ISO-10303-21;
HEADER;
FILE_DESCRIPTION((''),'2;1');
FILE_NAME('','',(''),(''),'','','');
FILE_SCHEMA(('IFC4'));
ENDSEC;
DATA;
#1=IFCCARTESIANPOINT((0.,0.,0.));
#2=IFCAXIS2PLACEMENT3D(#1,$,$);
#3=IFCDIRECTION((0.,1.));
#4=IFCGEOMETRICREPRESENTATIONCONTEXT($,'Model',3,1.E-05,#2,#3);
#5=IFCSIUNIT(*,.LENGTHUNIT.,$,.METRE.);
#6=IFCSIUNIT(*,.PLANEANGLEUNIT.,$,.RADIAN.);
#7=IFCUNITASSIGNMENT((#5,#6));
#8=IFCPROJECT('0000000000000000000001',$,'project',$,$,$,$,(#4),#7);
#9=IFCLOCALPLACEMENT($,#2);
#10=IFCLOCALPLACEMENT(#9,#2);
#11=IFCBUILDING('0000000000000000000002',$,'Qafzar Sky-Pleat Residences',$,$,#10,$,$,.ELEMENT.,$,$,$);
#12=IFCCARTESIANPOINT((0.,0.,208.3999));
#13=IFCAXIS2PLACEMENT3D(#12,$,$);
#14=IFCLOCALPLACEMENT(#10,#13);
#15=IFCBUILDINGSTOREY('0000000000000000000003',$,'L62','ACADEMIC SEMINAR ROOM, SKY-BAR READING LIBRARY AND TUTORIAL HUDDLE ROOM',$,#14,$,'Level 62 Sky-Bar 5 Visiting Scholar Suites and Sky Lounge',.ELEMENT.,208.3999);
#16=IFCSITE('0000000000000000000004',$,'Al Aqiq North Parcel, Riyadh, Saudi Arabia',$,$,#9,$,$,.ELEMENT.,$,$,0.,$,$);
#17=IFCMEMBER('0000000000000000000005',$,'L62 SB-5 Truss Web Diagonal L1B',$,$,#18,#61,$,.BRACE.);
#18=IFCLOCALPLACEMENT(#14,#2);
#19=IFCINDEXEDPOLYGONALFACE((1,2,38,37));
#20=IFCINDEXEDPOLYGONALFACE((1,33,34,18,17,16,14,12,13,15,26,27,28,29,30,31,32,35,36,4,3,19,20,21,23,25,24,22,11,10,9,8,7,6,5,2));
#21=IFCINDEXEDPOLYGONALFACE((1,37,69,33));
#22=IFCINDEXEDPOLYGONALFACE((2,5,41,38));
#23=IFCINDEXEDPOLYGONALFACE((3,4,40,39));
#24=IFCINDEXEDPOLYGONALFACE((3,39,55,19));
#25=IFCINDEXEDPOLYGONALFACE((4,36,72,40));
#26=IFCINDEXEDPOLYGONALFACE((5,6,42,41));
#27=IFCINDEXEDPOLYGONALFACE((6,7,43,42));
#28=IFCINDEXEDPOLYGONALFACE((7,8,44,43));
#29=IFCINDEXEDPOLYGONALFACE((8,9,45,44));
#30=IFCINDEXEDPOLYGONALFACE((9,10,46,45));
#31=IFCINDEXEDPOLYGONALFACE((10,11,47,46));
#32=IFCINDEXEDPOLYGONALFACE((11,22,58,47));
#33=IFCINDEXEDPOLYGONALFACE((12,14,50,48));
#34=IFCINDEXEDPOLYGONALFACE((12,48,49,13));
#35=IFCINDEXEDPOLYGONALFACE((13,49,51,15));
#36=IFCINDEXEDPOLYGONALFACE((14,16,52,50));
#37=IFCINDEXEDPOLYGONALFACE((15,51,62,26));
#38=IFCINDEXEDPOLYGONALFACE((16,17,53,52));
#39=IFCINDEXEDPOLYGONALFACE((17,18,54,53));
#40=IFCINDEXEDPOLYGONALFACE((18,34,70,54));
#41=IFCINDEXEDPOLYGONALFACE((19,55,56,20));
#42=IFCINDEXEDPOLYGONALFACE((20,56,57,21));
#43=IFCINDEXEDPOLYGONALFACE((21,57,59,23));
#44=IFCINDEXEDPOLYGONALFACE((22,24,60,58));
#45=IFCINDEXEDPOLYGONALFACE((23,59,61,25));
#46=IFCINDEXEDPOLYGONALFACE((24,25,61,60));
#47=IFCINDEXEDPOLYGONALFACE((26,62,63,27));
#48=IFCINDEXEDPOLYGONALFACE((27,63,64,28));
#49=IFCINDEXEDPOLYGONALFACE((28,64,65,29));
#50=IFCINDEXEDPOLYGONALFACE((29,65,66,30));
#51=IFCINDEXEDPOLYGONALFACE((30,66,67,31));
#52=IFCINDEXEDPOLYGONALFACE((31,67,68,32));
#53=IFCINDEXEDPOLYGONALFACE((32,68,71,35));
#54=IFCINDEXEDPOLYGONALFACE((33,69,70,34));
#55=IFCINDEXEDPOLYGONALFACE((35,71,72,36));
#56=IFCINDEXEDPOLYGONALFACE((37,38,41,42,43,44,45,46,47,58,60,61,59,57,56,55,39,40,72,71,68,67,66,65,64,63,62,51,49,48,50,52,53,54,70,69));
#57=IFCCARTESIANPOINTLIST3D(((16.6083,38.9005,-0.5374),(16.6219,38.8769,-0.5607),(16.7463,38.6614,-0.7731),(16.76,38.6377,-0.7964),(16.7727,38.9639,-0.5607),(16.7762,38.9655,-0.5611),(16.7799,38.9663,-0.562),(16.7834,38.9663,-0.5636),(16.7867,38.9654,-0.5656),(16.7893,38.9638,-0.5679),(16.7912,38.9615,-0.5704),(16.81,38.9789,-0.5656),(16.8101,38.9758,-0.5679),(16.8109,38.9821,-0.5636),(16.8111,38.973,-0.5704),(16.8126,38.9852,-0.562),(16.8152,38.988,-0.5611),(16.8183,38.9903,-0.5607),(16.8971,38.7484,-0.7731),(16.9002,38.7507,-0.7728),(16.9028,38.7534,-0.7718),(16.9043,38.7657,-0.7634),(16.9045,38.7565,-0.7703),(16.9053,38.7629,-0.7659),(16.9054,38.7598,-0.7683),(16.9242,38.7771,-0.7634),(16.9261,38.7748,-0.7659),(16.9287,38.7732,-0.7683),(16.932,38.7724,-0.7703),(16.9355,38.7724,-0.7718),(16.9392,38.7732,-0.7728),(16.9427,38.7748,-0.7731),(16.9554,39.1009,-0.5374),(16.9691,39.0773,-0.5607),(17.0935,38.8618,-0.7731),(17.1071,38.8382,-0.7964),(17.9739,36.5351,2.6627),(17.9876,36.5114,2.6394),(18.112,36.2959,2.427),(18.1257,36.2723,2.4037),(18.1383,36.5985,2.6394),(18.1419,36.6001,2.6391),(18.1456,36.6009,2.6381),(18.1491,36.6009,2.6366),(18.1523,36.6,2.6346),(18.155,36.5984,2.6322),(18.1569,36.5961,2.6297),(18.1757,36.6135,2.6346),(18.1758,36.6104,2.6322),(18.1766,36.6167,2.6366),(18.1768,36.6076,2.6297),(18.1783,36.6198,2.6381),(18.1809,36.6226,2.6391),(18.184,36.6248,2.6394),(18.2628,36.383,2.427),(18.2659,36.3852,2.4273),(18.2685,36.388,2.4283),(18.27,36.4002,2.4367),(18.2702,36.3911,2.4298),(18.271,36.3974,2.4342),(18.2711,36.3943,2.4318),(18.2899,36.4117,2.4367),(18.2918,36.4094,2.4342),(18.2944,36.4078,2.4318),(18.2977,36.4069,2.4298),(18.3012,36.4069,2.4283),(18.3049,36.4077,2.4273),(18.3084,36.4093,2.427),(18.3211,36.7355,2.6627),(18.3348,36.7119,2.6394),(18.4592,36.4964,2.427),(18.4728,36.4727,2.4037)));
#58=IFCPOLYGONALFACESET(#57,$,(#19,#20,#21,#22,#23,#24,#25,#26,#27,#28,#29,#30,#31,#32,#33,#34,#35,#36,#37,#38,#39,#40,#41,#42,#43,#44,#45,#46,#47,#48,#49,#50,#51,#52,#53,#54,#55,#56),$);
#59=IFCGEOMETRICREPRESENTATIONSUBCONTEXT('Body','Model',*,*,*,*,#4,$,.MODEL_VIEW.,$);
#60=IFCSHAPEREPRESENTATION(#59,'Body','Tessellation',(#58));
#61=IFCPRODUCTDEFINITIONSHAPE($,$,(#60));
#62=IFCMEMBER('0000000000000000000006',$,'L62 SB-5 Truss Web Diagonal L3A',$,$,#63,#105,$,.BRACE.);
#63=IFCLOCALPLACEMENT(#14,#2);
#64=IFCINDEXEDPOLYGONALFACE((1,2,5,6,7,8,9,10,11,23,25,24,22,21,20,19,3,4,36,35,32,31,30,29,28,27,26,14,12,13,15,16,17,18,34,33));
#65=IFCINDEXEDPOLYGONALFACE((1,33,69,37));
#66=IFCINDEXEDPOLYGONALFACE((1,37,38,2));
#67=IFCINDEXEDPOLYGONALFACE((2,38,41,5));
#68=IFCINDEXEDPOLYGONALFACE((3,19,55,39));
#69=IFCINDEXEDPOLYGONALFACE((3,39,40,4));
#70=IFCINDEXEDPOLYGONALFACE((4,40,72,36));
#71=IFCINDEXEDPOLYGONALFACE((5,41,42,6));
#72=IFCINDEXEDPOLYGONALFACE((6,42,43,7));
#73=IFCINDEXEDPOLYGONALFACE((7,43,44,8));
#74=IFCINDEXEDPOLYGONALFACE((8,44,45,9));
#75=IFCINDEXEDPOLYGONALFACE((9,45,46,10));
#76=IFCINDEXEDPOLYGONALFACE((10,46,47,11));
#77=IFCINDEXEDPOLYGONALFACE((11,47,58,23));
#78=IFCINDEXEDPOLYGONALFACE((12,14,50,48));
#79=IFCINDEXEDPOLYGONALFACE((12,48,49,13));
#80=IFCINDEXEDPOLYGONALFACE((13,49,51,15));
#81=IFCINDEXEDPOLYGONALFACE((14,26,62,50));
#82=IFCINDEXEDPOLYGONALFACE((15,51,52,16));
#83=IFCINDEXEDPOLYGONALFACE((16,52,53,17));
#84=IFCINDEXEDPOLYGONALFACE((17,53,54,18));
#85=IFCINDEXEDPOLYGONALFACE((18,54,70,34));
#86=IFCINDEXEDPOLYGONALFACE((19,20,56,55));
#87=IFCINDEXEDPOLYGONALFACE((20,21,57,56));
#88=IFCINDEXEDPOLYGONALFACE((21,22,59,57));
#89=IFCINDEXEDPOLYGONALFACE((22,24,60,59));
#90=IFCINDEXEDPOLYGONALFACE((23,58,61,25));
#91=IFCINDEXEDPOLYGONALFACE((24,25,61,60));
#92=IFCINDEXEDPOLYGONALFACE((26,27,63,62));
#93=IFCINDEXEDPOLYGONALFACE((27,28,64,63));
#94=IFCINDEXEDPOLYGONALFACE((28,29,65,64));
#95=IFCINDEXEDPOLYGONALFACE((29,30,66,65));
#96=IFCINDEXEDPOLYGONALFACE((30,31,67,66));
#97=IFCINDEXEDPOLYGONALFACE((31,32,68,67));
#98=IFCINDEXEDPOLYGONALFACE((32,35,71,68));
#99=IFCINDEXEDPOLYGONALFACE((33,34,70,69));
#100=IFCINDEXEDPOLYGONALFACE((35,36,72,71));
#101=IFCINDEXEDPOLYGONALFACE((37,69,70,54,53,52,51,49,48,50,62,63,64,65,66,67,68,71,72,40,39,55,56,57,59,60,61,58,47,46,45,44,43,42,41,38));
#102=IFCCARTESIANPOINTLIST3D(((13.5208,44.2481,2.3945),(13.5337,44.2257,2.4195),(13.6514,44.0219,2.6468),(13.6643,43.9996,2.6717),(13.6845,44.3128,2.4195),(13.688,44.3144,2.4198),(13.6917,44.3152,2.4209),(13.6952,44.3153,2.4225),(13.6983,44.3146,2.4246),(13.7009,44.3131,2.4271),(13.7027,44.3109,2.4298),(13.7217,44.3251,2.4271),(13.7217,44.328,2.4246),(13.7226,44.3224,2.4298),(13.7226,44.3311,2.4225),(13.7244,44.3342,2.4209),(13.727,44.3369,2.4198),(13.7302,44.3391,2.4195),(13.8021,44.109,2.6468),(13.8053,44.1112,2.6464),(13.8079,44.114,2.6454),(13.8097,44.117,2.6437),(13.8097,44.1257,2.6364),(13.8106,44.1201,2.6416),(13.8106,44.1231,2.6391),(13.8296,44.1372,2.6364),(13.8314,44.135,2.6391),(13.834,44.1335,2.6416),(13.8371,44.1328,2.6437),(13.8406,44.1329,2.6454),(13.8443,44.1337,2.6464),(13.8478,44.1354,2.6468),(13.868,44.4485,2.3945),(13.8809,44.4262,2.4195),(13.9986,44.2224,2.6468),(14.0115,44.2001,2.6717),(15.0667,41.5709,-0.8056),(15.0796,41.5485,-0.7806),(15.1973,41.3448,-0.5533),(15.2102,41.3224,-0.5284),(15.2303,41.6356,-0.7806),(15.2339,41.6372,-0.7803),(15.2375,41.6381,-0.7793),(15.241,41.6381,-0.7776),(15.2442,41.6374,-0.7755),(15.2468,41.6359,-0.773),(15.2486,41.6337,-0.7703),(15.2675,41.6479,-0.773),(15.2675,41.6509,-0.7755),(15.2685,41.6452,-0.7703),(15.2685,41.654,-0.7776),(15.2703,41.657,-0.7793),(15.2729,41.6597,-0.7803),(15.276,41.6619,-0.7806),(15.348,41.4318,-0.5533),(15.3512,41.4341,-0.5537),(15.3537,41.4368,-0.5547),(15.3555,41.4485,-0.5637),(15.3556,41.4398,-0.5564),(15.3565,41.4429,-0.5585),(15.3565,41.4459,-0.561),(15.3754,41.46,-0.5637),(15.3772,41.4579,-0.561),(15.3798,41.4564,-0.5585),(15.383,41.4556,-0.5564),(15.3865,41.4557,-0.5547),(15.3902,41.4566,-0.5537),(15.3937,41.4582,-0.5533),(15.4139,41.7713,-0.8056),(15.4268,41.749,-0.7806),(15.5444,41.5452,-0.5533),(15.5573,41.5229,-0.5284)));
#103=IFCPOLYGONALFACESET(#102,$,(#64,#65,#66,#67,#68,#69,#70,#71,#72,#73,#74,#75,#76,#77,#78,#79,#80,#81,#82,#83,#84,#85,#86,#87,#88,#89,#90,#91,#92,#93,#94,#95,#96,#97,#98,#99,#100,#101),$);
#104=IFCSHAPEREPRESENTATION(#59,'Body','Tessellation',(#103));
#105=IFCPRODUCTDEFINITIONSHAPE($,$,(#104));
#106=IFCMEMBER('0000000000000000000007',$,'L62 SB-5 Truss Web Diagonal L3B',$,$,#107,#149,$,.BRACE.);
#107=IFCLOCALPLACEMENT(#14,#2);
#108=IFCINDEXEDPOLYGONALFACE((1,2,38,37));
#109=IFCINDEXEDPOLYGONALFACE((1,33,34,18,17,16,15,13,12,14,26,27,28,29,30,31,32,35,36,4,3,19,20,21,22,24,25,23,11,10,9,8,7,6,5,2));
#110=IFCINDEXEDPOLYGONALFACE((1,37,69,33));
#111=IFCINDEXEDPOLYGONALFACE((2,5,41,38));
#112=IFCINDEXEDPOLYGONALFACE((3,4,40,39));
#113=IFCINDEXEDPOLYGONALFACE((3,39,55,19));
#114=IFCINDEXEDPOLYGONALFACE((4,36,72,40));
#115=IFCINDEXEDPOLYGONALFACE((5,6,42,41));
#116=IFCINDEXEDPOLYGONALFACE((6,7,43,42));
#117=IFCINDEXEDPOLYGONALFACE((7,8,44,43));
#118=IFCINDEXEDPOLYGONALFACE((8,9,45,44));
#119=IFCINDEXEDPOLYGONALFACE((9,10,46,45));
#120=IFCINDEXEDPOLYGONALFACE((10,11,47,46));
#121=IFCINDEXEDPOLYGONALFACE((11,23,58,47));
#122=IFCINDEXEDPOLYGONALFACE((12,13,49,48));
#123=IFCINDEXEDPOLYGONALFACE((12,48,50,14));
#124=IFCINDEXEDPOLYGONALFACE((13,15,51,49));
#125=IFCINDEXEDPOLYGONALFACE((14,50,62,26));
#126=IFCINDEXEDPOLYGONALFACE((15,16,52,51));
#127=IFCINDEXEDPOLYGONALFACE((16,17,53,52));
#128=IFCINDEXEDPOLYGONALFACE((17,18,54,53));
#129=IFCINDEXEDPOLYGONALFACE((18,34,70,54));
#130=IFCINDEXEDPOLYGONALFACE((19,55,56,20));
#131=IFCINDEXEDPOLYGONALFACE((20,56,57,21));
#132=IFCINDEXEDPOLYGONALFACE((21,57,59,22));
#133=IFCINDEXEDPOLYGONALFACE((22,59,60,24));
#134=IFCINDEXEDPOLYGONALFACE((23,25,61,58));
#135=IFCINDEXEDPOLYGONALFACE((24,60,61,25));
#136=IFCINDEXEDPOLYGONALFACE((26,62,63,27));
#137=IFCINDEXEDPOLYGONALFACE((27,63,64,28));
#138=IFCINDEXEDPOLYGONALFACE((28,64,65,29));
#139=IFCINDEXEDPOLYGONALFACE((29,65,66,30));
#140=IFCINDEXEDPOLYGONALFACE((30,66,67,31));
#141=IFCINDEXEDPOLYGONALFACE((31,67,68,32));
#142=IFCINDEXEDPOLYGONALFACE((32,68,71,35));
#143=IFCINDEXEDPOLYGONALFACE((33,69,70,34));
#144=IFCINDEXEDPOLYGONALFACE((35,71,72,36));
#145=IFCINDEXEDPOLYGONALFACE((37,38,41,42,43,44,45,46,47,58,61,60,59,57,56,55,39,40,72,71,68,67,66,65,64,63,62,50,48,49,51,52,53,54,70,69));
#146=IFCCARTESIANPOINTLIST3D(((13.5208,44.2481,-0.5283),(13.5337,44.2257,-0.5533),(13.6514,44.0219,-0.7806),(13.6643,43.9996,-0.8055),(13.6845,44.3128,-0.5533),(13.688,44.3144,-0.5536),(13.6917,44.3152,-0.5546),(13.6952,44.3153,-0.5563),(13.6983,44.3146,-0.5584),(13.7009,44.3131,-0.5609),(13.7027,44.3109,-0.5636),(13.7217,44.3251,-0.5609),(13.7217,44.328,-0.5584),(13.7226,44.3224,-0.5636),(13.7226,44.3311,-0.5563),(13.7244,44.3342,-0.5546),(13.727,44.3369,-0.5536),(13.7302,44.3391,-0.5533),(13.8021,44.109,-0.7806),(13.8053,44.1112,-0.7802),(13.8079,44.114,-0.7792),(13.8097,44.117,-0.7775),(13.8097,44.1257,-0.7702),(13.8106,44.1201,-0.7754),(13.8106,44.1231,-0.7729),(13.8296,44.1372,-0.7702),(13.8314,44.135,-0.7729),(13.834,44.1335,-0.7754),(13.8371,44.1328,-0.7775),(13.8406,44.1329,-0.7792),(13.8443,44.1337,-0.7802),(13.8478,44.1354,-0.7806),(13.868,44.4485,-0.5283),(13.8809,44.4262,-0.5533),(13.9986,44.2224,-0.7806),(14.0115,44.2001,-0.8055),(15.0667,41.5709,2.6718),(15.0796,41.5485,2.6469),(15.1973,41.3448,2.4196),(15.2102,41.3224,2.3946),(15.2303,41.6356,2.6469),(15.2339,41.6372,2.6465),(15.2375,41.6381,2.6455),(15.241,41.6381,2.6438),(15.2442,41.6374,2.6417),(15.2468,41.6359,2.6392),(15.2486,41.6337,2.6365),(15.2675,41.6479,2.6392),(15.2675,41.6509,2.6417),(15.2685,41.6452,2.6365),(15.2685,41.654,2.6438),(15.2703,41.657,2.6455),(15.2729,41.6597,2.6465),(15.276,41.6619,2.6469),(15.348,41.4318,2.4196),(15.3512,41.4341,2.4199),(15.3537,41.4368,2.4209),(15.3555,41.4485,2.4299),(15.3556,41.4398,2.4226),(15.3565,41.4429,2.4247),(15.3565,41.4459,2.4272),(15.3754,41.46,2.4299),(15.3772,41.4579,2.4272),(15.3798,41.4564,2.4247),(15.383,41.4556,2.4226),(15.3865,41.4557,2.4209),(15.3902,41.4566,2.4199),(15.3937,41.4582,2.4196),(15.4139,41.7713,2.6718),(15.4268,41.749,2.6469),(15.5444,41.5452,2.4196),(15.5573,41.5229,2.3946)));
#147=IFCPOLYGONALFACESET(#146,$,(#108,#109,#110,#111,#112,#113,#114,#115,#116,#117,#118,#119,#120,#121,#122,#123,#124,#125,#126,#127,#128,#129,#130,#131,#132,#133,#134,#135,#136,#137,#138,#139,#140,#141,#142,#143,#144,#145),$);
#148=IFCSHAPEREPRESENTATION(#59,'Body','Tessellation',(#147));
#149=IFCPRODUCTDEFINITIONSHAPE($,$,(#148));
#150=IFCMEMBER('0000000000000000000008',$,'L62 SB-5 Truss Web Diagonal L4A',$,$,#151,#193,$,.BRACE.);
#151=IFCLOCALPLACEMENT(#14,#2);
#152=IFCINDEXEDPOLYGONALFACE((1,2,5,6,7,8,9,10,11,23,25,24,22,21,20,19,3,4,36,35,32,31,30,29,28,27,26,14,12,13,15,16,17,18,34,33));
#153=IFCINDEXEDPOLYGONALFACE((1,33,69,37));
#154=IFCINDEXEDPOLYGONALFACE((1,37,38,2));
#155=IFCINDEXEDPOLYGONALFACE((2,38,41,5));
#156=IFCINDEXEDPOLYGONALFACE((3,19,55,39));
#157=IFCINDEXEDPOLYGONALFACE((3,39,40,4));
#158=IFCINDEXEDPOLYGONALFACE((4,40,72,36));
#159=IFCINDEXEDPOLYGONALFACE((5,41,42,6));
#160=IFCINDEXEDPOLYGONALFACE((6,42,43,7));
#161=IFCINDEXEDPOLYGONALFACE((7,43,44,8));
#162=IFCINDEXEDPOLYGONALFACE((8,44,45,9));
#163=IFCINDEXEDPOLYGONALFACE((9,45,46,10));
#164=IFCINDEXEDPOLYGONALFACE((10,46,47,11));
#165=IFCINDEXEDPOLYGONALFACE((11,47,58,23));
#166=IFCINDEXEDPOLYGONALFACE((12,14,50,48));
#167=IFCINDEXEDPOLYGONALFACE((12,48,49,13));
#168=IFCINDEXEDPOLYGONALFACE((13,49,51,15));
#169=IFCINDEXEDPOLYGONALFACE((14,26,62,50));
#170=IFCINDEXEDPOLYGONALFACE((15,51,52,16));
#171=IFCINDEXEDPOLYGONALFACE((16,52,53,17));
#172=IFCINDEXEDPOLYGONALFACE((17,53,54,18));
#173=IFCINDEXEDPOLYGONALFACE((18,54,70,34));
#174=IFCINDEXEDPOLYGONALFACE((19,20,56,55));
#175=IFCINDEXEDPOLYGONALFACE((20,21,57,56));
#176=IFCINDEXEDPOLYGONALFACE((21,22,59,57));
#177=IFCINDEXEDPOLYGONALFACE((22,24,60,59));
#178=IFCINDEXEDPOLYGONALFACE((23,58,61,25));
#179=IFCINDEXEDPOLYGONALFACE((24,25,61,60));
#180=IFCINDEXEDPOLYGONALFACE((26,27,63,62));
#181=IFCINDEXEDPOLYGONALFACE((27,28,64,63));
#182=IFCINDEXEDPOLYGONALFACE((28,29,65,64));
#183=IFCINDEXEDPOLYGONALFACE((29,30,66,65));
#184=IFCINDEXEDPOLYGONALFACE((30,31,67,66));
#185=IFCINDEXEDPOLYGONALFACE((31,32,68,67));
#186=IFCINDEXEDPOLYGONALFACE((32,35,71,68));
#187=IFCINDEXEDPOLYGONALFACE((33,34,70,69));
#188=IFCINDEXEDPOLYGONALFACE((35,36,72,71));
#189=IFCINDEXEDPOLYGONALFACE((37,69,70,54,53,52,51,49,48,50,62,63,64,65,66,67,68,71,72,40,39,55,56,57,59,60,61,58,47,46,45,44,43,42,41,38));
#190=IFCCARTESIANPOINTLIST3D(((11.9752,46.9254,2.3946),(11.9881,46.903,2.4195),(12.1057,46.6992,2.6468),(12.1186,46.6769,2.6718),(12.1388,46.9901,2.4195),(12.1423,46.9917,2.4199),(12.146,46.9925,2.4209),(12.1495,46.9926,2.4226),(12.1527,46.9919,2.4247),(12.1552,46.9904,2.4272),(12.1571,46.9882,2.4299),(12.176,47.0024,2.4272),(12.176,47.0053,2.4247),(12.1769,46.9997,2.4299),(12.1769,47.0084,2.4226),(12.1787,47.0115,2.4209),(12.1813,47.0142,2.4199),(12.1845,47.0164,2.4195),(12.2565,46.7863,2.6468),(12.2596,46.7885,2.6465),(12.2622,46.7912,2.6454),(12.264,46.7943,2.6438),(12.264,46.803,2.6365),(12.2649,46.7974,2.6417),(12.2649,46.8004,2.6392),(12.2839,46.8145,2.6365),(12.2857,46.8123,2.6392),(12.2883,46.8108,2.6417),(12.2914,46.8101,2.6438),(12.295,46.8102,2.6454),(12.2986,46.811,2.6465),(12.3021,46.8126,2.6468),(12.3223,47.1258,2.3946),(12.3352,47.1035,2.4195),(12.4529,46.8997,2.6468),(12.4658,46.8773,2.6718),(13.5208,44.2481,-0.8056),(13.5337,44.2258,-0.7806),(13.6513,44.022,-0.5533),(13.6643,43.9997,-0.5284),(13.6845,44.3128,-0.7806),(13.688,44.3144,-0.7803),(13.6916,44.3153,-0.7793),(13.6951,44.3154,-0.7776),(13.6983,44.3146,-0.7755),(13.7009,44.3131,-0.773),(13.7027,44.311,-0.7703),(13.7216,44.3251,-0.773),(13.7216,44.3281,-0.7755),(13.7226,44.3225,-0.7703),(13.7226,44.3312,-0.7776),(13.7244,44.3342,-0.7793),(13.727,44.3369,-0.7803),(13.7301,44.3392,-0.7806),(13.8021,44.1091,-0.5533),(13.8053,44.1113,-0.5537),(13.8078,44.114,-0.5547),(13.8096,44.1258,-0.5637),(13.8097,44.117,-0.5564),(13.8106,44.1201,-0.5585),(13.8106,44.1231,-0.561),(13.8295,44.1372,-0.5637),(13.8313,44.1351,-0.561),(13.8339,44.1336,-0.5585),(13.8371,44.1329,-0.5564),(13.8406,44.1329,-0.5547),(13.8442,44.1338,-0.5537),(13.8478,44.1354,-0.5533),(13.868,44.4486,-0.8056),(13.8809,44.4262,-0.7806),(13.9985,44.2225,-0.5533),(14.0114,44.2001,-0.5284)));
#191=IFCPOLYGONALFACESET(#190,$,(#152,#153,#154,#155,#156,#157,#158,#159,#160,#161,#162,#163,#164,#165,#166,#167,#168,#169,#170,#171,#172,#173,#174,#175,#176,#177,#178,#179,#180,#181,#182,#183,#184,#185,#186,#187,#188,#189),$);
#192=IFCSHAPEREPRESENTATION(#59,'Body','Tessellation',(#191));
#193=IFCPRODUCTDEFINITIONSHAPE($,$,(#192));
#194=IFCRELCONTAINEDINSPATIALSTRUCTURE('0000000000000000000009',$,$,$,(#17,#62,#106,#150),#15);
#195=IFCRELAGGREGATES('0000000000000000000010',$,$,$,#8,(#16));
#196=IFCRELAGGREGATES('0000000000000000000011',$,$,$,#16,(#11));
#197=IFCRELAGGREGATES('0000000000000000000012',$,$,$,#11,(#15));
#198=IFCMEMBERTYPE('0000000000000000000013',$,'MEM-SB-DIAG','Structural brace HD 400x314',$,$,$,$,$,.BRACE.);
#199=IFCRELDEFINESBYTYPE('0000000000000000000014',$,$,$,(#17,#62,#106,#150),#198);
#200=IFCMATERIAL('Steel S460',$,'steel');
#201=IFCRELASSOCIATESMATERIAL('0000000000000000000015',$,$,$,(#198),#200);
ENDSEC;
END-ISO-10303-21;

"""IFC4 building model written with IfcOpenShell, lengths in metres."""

from ifc_helpers import new_model, si_unit, direction, frame, origin, origin_2d, place, context, subcontext, project, spatial, i_section, extrude, source, transform, mapped, material, material_profile, profile_set, type_object, element, save


model = new_model("IFC4")

# Units and contexts
model_context = context("Model", 3, precision=1e-05, world=origin(), true_north=direction((0.0, 1.0)))
body_context = subcontext(model_context, "Body", "Model", "MODEL_VIEW")
ifc_project = project(units=[si_unit("LENGTHUNIT", "METRE"), si_unit("PLANEANGLEUNIT", "RADIAN")], contexts=[model_context])

# Site, building, storey
site_placement = place(None, origin())
site = spatial("IfcSite", under=ifc_project, at=site_placement, Name="Al Aqiq North Parcel, Riyadh, Saudi Arabia", CompositionType="ELEMENT", RefElevation=0.0)
building_placement = place(site_placement, origin())
building = spatial("IfcBuilding", under=site, at=building_placement, Name="Qafzar Sky-Pleat Residences", CompositionType="ELEMENT")
storey_placement = place(building_placement, frame((0.0, 0.0, 208.3999)))
storey = spatial("IfcBuildingStorey", under=building, at=storey_placement, Name="L62", Description="ACADEMIC SEMINAR ROOM, SKY-BAR READING LIBRARY AND TUTORIAL HUDDLE ROOM", LongName="Level 62 Sky-Bar 5 Visiting Scholar Suites and Sky Lounge", CompositionType="ELEMENT", Elevation=208.3999)

# Shared definitions
ifc_material_1 = material(Name="Steel S460", Category="steel")

# Members
ifc_material_profile_1 = material_profile(ifc_material_1, i_section(OverallWidth=0.4009, OverallDepth=0.3989, WebThickness=0.0229, FlangeThickness=0.0359, FilletRadius=0.0149, at=origin_2d()), Name="HD 400x314")
ifc_profile_set_1 = profile_set([ifc_material_profile_1], Name="Steel S460")
member_type = type_object("IfcMemberType", Name="MEM-SB-DIAG", Description="Structural brace HD 400x314", PredefinedType="BRACE", material=ifc_profile_set_1)
shared_shape_1 = source(origin(), body_context, "Body", "SweptSolid", [
    extrude(i_section(OverallWidth=0.4009, OverallDepth=0.3989, WebThickness=0.0229, FlangeThickness=0.0359, FilletRadius=0.0149, at=origin_2d()), origin(), (0.0, 0.0, 1.0), 4.2073),
])
for number, where, z_axis, x_axis, name in (
    (1, (18.2234, 36.5039, 2.5332), (-0.324603, 0.562223, -0.760617), (-0.866023, -0.500004, 0.0), "L62 SB-5 Truss Web Diagonal L1B"),
):
    element("IfcMember", number, at=place(storey_placement, frame(where, z_axis=z_axis, x_axis=x_axis)), inside=storey, type_object=member_type, Name=name, PredefinedType="BRACE", context=body_context, shape_type="MappedRepresentation", body=[
        mapped(shared_shape_1, transform((0.0, 0.0, 0.0), x_axis=(1.0, 0.0, 0.0), y_axis=(0.0, 1.0, 0.0), z_axis=(0.0, 0.0, 1.0), scale=1.0)),
    ])
shared_shape_2 = source(origin(), body_context, "Body", "SweptSolid", [
    extrude(i_section(OverallWidth=0.4009, OverallDepth=0.3989, WebThickness=0.0229, FlangeThickness=0.0359, FilletRadius=0.0149, at=origin_2d()), origin(), (0.0, 0.0, 1.0), 4.4495),
])
for number, where, z_axis, x_axis, name in (
    (2, (15.312, 41.5469, -0.667), (-0.347426, 0.601686, 0.719214), (-0.865999, -0.500046, 0.0), "L62 SB-5 Truss Web Diagonal L3A"),
    (3, (15.312, 41.5469, 2.5332), (-0.347426, 0.601686, -0.719214), (-0.865999, -0.500046, 0.0), "L62 SB-5 Truss Web Diagonal L3B"),
    (4, (13.7661, 44.2241, -0.667), (-0.347378, 0.601698, 0.719228), (-0.866033, -0.499987, 0.0), "L62 SB-5 Truss Web Diagonal L4A"),
):
    element("IfcMember", number, at=place(storey_placement, frame(where, z_axis=z_axis, x_axis=x_axis)), inside=storey, type_object=member_type, Name=name, PredefinedType="BRACE", context=body_context, shape_type="MappedRepresentation", body=[
        mapped(shared_shape_2, transform((0.0, 0.0, 0.0), x_axis=(1.0, 0.0, 0.0), y_axis=(0.0, 1.0, 0.0), z_axis=(0.0, 0.0, 1.0), scale=1.0)),
    ])

save(model, "model.ifc")
